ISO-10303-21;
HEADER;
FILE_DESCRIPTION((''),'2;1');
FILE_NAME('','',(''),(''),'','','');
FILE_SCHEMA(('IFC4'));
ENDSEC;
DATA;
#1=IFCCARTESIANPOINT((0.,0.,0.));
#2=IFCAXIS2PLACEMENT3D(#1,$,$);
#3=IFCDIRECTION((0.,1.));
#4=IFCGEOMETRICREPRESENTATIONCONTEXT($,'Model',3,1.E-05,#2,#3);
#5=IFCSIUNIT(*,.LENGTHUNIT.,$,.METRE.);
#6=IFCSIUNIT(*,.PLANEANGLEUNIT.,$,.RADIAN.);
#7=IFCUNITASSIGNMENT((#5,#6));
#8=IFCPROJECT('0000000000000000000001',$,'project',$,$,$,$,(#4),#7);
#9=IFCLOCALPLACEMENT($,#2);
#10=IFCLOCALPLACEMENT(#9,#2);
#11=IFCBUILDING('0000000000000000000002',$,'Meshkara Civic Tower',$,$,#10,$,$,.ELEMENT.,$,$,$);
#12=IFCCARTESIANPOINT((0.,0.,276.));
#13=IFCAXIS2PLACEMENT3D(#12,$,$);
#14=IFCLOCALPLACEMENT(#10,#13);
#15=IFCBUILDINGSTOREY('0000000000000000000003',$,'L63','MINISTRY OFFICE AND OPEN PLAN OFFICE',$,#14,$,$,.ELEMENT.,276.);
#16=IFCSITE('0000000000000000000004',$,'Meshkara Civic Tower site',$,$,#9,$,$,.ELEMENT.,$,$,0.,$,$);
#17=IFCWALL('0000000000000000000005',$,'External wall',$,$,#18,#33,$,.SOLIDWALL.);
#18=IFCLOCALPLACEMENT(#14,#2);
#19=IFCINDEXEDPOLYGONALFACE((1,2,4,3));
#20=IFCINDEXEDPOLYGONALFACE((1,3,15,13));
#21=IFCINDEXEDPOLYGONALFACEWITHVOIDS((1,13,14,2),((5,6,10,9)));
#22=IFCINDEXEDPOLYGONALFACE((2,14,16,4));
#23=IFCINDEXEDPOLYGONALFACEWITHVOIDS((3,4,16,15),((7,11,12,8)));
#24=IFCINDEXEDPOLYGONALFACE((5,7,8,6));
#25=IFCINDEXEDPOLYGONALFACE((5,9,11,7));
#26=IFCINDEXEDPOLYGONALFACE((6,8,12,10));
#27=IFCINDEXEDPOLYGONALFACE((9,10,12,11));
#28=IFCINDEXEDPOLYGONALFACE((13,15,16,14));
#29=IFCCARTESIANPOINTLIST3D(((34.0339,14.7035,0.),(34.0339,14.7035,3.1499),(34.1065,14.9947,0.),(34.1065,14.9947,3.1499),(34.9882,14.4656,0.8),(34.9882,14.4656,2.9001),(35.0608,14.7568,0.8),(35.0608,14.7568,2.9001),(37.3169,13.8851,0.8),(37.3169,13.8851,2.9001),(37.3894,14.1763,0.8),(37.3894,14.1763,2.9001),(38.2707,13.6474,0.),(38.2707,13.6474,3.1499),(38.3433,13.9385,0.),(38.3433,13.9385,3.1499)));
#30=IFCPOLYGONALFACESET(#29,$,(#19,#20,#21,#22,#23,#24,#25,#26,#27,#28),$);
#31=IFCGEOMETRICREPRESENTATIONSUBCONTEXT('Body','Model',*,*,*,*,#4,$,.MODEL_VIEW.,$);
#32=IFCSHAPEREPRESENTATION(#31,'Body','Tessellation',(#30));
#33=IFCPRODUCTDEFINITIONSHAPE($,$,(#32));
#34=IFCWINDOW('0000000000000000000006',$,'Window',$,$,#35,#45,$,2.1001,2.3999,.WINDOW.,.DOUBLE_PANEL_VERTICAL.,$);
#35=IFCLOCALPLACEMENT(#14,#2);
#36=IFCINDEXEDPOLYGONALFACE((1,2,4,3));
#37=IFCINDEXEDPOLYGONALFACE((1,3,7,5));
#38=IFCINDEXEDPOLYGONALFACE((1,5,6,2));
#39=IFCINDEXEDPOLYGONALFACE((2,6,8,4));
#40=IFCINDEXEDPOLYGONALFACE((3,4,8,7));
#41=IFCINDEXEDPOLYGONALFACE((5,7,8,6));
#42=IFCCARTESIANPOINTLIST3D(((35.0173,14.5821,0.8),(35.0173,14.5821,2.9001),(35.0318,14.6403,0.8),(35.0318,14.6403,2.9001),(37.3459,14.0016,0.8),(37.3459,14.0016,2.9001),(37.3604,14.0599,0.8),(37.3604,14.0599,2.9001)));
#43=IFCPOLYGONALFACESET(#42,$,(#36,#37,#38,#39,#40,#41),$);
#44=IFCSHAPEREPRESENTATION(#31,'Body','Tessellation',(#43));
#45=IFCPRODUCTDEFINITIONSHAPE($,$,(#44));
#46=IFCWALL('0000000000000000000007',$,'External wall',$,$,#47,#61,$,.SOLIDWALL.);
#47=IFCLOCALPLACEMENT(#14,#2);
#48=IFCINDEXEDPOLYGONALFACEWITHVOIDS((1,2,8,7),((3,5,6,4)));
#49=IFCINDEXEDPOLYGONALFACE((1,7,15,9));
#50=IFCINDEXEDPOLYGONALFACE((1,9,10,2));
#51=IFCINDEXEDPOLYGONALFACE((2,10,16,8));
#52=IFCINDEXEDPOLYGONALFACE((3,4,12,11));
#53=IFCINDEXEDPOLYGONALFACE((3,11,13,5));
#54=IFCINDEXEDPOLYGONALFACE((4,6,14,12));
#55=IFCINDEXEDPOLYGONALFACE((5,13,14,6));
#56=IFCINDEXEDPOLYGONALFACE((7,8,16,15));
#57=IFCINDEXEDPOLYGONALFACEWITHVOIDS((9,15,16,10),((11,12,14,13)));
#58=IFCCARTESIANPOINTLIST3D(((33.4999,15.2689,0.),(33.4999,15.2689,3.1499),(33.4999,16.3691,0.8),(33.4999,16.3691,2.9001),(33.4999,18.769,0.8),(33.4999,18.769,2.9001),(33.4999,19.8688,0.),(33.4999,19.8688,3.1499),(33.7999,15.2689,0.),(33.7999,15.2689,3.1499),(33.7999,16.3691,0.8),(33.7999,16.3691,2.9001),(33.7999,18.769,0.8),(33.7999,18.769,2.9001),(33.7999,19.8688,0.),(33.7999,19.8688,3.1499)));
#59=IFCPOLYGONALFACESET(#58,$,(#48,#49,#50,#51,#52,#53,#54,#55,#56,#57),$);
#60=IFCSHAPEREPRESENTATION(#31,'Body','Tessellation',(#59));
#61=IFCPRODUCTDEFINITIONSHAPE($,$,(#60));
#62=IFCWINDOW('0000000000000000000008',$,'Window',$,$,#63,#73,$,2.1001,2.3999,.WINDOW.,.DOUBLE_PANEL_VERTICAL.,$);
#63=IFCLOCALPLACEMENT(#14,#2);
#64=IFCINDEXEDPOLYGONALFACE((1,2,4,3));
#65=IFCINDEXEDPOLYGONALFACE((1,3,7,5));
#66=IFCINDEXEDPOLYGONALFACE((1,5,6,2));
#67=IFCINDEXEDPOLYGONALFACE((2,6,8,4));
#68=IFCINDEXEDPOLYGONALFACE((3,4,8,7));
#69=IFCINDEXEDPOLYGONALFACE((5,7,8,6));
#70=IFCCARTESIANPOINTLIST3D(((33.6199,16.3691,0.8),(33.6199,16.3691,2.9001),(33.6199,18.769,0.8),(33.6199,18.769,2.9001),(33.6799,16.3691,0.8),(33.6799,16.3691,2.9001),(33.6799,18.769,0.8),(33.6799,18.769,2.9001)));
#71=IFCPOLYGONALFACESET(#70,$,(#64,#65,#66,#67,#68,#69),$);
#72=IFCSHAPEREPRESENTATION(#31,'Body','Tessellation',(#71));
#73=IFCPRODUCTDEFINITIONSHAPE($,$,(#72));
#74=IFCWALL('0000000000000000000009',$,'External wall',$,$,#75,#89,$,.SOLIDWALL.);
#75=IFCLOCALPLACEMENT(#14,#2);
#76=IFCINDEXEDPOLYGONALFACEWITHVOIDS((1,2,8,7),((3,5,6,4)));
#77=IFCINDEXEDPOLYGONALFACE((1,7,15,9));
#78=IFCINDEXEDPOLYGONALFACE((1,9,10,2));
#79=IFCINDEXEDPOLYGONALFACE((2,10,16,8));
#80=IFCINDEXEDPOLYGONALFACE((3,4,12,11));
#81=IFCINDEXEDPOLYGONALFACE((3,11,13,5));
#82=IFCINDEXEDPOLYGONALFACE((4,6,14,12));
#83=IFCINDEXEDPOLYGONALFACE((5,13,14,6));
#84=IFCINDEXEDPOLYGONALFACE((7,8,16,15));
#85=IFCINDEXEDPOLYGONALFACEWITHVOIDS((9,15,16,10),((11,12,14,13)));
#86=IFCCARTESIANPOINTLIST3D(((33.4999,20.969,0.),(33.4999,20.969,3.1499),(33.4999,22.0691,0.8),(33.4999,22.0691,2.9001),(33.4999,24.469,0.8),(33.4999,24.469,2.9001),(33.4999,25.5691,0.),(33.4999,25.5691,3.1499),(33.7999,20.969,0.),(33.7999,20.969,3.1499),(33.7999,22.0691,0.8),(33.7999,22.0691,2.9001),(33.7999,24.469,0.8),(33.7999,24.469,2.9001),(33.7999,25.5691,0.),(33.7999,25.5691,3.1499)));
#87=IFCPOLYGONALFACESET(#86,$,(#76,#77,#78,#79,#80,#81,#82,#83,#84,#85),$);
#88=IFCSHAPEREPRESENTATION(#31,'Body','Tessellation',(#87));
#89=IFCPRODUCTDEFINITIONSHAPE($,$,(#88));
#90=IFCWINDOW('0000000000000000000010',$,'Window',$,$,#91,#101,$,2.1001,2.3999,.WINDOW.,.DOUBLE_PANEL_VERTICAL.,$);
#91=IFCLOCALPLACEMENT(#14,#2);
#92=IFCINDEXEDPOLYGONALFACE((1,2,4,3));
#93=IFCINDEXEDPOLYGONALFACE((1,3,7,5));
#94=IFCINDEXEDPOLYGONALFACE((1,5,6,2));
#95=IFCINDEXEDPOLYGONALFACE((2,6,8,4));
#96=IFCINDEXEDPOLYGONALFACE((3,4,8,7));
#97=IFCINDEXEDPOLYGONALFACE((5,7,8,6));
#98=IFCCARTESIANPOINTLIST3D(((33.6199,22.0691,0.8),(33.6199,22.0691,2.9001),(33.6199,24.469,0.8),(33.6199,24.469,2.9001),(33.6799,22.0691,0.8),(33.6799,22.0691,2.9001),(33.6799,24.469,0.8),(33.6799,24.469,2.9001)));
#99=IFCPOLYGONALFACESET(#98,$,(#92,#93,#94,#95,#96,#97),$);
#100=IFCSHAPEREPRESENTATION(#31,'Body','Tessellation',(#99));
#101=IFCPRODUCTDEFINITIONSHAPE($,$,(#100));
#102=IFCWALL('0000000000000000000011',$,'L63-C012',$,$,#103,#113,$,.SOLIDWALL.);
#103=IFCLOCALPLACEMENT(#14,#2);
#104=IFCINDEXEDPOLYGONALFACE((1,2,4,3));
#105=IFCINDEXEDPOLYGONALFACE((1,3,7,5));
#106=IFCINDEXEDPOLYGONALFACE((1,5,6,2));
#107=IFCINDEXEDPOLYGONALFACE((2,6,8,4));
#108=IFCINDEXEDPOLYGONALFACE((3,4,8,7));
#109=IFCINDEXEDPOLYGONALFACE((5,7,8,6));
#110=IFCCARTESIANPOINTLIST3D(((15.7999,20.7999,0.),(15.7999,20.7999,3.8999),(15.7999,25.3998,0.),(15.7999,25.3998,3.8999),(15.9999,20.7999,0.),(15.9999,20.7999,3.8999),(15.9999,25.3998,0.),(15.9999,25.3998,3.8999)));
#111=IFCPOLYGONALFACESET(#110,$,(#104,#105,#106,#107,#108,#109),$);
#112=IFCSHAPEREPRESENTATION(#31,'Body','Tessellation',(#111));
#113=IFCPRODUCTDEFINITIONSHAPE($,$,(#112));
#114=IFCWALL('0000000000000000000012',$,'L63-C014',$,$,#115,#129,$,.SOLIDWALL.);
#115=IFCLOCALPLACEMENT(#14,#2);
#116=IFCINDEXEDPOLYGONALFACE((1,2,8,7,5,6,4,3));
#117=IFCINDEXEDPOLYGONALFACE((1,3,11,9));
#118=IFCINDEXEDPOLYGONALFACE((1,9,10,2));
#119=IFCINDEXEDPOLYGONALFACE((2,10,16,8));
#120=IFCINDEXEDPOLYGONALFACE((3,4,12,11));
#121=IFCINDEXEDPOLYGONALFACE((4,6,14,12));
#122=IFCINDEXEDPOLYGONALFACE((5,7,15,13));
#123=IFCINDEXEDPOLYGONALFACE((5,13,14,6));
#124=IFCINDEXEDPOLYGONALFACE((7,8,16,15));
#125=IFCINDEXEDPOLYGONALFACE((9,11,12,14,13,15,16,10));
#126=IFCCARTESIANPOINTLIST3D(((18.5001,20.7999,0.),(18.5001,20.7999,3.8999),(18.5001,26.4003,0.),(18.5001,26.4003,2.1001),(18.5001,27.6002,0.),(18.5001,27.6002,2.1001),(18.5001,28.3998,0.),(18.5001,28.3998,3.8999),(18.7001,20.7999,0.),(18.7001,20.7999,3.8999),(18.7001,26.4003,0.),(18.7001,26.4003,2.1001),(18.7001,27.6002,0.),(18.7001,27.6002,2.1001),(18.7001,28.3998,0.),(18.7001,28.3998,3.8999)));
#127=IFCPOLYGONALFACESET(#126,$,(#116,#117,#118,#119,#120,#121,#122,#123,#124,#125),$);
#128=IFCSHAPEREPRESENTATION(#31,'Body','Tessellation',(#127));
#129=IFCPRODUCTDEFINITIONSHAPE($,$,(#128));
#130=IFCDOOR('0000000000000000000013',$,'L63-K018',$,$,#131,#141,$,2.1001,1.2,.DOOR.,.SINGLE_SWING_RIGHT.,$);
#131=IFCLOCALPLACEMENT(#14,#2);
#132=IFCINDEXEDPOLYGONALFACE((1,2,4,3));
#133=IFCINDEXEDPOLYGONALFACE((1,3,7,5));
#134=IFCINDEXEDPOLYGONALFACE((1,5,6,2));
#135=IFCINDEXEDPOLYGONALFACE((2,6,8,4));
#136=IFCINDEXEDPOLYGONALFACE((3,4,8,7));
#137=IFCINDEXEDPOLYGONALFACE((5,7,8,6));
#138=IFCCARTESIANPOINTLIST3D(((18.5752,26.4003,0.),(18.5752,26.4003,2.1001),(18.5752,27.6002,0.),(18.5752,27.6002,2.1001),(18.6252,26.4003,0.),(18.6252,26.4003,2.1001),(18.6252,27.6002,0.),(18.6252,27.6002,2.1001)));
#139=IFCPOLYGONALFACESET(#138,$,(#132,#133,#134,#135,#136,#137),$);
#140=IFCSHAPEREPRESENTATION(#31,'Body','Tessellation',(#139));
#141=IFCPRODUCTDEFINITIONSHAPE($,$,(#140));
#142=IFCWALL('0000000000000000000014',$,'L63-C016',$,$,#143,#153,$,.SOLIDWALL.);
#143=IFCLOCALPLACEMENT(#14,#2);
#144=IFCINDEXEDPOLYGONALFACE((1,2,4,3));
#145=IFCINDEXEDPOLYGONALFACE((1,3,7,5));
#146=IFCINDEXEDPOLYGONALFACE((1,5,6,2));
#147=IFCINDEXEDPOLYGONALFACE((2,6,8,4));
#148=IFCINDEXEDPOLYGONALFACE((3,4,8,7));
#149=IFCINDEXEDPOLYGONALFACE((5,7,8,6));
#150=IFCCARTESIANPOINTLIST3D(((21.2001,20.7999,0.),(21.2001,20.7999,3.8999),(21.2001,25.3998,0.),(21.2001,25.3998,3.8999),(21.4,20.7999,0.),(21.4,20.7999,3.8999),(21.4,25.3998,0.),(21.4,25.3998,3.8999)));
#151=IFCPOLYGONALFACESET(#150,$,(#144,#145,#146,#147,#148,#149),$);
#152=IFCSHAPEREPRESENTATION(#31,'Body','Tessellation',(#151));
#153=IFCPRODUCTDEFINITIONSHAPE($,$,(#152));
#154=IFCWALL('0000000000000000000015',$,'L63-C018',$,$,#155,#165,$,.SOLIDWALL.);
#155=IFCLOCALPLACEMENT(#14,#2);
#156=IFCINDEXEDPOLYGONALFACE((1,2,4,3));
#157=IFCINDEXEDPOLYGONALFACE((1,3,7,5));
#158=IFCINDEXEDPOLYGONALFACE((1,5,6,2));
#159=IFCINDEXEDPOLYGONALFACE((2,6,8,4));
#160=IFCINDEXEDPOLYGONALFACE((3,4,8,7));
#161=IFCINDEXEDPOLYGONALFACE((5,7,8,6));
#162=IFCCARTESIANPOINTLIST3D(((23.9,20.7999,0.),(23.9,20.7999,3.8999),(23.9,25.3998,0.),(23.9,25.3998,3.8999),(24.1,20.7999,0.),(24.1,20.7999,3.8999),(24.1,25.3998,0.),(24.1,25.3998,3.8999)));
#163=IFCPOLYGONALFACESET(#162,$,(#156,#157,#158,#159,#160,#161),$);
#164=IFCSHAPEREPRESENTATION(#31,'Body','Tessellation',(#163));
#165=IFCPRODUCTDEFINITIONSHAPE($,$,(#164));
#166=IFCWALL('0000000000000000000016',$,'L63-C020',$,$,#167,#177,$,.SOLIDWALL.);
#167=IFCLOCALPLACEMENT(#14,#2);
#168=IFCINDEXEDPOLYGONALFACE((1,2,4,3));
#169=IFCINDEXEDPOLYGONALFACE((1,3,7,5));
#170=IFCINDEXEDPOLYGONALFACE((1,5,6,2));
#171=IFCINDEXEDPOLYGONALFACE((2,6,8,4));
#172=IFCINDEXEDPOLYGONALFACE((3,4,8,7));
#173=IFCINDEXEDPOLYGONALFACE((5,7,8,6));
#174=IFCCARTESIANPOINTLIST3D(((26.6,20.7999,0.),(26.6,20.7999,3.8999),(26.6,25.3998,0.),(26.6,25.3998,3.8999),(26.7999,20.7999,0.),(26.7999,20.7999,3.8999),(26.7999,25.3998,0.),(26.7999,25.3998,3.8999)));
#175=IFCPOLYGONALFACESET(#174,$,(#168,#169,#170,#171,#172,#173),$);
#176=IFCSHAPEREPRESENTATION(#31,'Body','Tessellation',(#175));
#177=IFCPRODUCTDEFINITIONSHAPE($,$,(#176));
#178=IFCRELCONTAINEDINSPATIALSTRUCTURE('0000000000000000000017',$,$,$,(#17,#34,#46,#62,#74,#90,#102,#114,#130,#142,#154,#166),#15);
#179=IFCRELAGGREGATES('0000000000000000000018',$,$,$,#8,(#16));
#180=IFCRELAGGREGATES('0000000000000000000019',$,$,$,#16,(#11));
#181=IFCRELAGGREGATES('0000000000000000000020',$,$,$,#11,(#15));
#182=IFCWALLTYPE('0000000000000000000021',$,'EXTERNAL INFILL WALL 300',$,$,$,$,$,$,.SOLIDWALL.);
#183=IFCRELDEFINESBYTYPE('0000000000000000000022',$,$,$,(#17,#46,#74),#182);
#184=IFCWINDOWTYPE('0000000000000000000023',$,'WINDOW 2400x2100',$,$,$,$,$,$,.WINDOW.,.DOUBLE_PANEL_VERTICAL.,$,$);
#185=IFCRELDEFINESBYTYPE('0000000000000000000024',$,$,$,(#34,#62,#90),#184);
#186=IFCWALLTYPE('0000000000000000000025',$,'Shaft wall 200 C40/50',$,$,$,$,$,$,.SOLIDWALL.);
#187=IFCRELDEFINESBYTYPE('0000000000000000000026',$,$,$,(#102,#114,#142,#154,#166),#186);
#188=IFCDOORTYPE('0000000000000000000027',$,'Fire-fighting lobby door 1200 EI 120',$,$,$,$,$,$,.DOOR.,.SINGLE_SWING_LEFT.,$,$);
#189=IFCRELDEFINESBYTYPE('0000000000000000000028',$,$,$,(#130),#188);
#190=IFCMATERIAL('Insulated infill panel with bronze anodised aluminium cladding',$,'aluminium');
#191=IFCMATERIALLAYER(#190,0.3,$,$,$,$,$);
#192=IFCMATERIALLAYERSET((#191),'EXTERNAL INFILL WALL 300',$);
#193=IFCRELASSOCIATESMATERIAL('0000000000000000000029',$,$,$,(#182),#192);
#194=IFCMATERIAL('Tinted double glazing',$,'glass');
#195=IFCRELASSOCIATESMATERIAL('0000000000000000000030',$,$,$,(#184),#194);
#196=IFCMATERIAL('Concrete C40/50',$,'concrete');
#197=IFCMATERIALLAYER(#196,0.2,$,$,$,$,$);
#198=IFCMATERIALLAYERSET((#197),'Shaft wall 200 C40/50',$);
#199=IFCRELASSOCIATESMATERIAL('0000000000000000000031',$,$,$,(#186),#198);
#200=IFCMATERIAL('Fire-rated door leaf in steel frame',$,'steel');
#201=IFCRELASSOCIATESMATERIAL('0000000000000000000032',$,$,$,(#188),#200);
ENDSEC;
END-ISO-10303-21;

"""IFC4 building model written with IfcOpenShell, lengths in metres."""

from ifc_helpers import new_model, si_unit, direction, frame, frame_2d, origin, place, context, subcontext, project, spatial, rectangle, extrude, material, layer, layer_set, type_object, element, fill, save


model = new_model("IFC4")

# Units and contexts
model_context = context("Model", 3, precision=1e-05, world=origin(), true_north=direction((0.0, 1.0)))
body_context = subcontext(model_context, "Body", "Model", "MODEL_VIEW")
ifc_project = project(units=[si_unit("LENGTHUNIT", "METRE"), si_unit("PLANEANGLEUNIT", "RADIAN")], contexts=[model_context])

# Site, building, storey
site_placement = place(None, origin())
site = spatial("IfcSite", under=ifc_project, at=site_placement, Name="Meshkara Civic Tower site", CompositionType="ELEMENT", RefElevation=0.0)
building_placement = place(site_placement, origin())
building = spatial("IfcBuilding", under=site, at=building_placement, Name="Meshkara Civic Tower", CompositionType="ELEMENT")
storey_placement = place(building_placement, frame((0.0, 0.0, 276.0)))
storey = spatial("IfcBuildingStorey", under=building, at=storey_placement, Name="L63", Description="MINISTRY OFFICE AND OPEN PLAN OFFICE", CompositionType="ELEMENT", Elevation=276.0)

# Walls, openings, windows
ifc_material_1 = material(Name="Insulated infill panel with bronze anodised aluminium cladding", Category="aluminium")
ifc_layer_1 = layer(ifc_material_1, 0.3)
ifc_layer_set_1 = layer_set([ifc_layer_1], Name="EXTERNAL INFILL WALL 300")
wall_type_1 = type_object("IfcWallType", Name="EXTERNAL INFILL WALL 300", PredefinedType="SOLIDWALL", material=ifc_layer_set_1)
wall_1_placement = place(storey_placement, frame((38.3069, 13.793, 0.0), z_axis=(0.0, 0.0, 1.0), x_axis=(-0.970307, 0.241878, 0.0)))
wall_1 = element("IfcWall", 1, at=wall_1_placement, inside=storey, type_object=wall_type_1, Name="External wall", PredefinedType="SOLIDWALL", context=body_context, shape_type="SweptSolid", body=[
    extrude(rectangle(XDim=4.3665, YDim=0.3, at=frame_2d((2.1831, 0.0))), origin(), (0.0, 0.0, 1.0), 3.1499),
])
opening_1_placement = place(wall_1_placement, frame((0.9829, 0.0, 0.8)))
opening_1 = element("IfcOpeningElement", 2, at=opening_1_placement, cuts=wall_1, PredefinedType="OPENING", context=body_context, shape_type="SweptSolid", body=[
    extrude(rectangle(XDim=2.3999, YDim=2.1001, at=frame_2d((1.2, 1.05))), frame((0.0, 0.1599, 0.0), z_axis=(0.0, -1.0, 0.0), x_axis=(1.0, 0.0, 0.0)), (0.0, 0.0, 1.0), 0.3201),
])
ifc_material_2 = material(Name="Tinted double glazing", Category="glass")
window_type = type_object("IfcWindowType", Name="WINDOW 2400x2100", PartitioningType="DOUBLE_PANEL_VERTICAL", PredefinedType="WINDOW", material=ifc_material_2)
window_1_placement = place(opening_1_placement, origin())
window_1 = element("IfcWindow", 3, at=window_1_placement, inside=storey, type_object=window_type, Name="Window", OverallHeight=2.1001, OverallWidth=2.3999, PartitioningType="DOUBLE_PANEL_VERTICAL", PredefinedType="WINDOW", context=body_context, shape_type="SweptSolid", body=[
    extrude(rectangle(XDim=2.3999, YDim=2.1001, at=frame_2d((1.2, 1.05))), frame((0.0, 0.03, 0.0), z_axis=(0.0, -1.0, 0.0), x_axis=(1.0, 0.0, 0.0)), (0.0, 0.0, 1.0), 0.0601),
])
fill(opening_1, window_1)
wall_2_placement = place(storey_placement, frame((33.6499, 15.269, 0.0), z_axis=(0.0, 0.0, 1.0), x_axis=(0.0, 1.0, 0.0)))
wall_2 = element("IfcWall", 4, at=wall_2_placement, inside=storey, type_object=wall_type_1, Name="External wall", PredefinedType="SOLIDWALL", context=body_context, shape_type="SweptSolid", body=[
    extrude(rectangle(XDim=4.5999, YDim=0.3, at=frame_2d((2.2998, 0.0))), origin(), (0.0, 0.0, 1.0), 3.1499),
])
opening_2_placement = place(wall_2_placement, frame((1.1001, 0.0, 0.8)))
opening_2 = element("IfcOpeningElement", 5, at=opening_2_placement, cuts=wall_2, PredefinedType="OPENING", context=body_context, shape_type="SweptSolid", body=[
    extrude(rectangle(XDim=2.3999, YDim=2.1001, at=frame_2d((1.2, 1.05))), frame((0.0, 0.1599, 0.0), z_axis=(0.0, -1.0, 0.0), x_axis=(1.0, 0.0, 0.0)), (0.0, 0.0, 1.0), 0.3201),
])
window_2_placement = place(opening_2_placement, origin())
window_2 = element("IfcWindow", 6, at=window_2_placement, inside=storey, type_object=window_type, Name="Window", OverallHeight=2.1001, OverallWidth=2.3999, PartitioningType="DOUBLE_PANEL_VERTICAL", PredefinedType="WINDOW", context=body_context, shape_type="SweptSolid", body=[
    extrude(rectangle(XDim=2.3999, YDim=2.1001, at=frame_2d((1.2, 1.05))), frame((0.0, 0.03, 0.0), z_axis=(0.0, -1.0, 0.0), x_axis=(1.0, 0.0, 0.0)), (0.0, 0.0, 1.0), 0.0601),
])
fill(opening_2, window_2)
wall_3_placement = place(storey_placement, frame((33.6499, 20.969, 0.0), z_axis=(0.0, 0.0, 1.0), x_axis=(0.0, 1.0, 0.0)))
wall_3 = element("IfcWall", 7, at=wall_3_placement, inside=storey, type_object=wall_type_1, Name="External wall", PredefinedType="SOLIDWALL", context=body_context, shape_type="SweptSolid", body=[
    extrude(rectangle(XDim=4.6001, YDim=0.3, at=frame_2d((2.3, 0.0))), origin(), (0.0, 0.0, 1.0), 3.1499),
])
opening_3_placement = place(wall_3_placement, frame((1.1001, 0.0, 0.8)))
opening_3 = element("IfcOpeningElement", 8, at=opening_3_placement, cuts=wall_3, PredefinedType="OPENING", context=body_context, shape_type="SweptSolid", body=[
    extrude(rectangle(XDim=2.3999, YDim=2.1001, at=frame_2d((1.2, 1.05))), frame((0.0, 0.1599, 0.0), z_axis=(0.0, -1.0, 0.0), x_axis=(1.0, 0.0, 0.0)), (0.0, 0.0, 1.0), 0.3201),
])
window_3_placement = place(opening_3_placement, origin())
window_3 = element("IfcWindow", 9, at=window_3_placement, inside=storey, type_object=window_type, Name="Window", OverallHeight=2.1001, OverallWidth=2.3999, PartitioningType="DOUBLE_PANEL_VERTICAL", PredefinedType="WINDOW", context=body_context, shape_type="SweptSolid", body=[
    extrude(rectangle(XDim=2.3999, YDim=2.1001, at=frame_2d((1.2, 1.05))), frame((0.0, 0.03, 0.0), z_axis=(0.0, -1.0, 0.0), x_axis=(1.0, 0.0, 0.0)), (0.0, 0.0, 1.0), 0.0601),
])
fill(opening_3, window_3)

# Wall
ifc_material_3 = material(Name="Concrete C40/50", Category="concrete")
ifc_layer_2 = layer(ifc_material_3, 0.2)
ifc_layer_set_2 = layer_set([ifc_layer_2], Name="Shaft wall 200 C40/50")
wall_type_2 = type_object("IfcWallType", Name="Shaft wall 200 C40/50", PredefinedType="SOLIDWALL", material=ifc_layer_set_2)
wall_4_placement = place(storey_placement, frame((15.8999, 20.8, 0.0), z_axis=(0.0, 0.0, 1.0), x_axis=(0.0, 1.0, 0.0)))
element("IfcWall", 10, at=wall_4_placement, inside=storey, type_object=wall_type_2, Name="L63-C012", PredefinedType="SOLIDWALL", context=body_context, shape_type="SweptSolid", body=[
    extrude(rectangle(XDim=4.5999, YDim=0.2, at=frame_2d((2.2998, 0.0))), origin(), (0.0, 0.0, 1.0), 3.8999),
])

# Wall, opening, door
wall_5_placement = place(storey_placement, frame((18.6001, 20.8, 0.0), z_axis=(0.0, 0.0, 1.0), x_axis=(0.0, 1.0, 0.0)))
wall_5 = element("IfcWall", 11, at=wall_5_placement, inside=storey, type_object=wall_type_2, Name="L63-C014", PredefinedType="SOLIDWALL", context=body_context, shape_type="SweptSolid", body=[
    extrude(rectangle(XDim=7.5999, YDim=0.2, at=frame_2d((3.7998, 0.0))), origin(), (0.0, 0.0, 1.0), 3.8999),
])
opening_4_placement = place(wall_5_placement, frame((5.6001, 0.0, 0.0)))
opening_4 = element("IfcOpeningElement", 12, at=opening_4_placement, cuts=wall_5, PredefinedType="OPENING", context=body_context, shape_type="SweptSolid", body=[
    extrude(rectangle(XDim=1.2, YDim=2.1001, at=frame_2d((0.6001, 1.05))), frame((0.0, 0.1099, 0.0), z_axis=(0.0, -1.0, 0.0), x_axis=(1.0, 0.0, 0.0)), (0.0, 0.0, 1.0), 0.22),
])
ifc_material_4 = material(Name="Fire-rated door leaf in steel frame", Category="steel")
door_type_1 = type_object("IfcDoorType", Name="Fire-fighting lobby door 1200 EI 120", OperationType="SINGLE_SWING_LEFT", PredefinedType="DOOR", material=ifc_material_4)
door_1_placement = place(opening_4_placement, origin())
door_1 = element("IfcDoor", 13, at=door_1_placement, inside=storey, type_object=door_type_1, Name="L63-K018", OperationType="SINGLE_SWING_RIGHT", OverallHeight=2.1001, OverallWidth=1.2, PredefinedType="DOOR", context=body_context, shape_type="SweptSolid", body=[
    extrude(rectangle(XDim=1.2, YDim=2.1001, at=frame_2d((0.6001, 1.05))), frame((0.0, 0.0249, 0.0), z_axis=(0.0, -1.0, 0.0), x_axis=(1.0, 0.0, 0.0)), (0.0, 0.0, 1.0), 0.05),
])
fill(opening_4, door_1)

# Walls
for number, where, z_axis, x_axis, name in (
    (14, (21.3, 20.8, 0.0), (0.0, 0.0, 1.0), (0.0, 1.0, 0.0), "L63-C016"),
    (15, (24.0, 20.8, 0.0), (0.0, 0.0, 1.0), (0.0, 1.0, 0.0), "L63-C018"),
    (16, (26.7, 20.8, 0.0), (0.0, 0.0, 1.0), (0.0, 1.0, 0.0), "L63-C020"),
):
    element("IfcWall", number, at=place(storey_placement, frame(where, z_axis=z_axis, x_axis=x_axis)), inside=storey, type_object=wall_type_2, Name=name, PredefinedType="SOLIDWALL", context=body_context, shape_type="SweptSolid", body=[
        extrude(rectangle(XDim=4.5999, YDim=0.2, at=frame_2d((2.2998, 0.0))), origin(), (0.0, 0.0, 1.0), 3.8999),
    ])

save(model, "model.ifc")
